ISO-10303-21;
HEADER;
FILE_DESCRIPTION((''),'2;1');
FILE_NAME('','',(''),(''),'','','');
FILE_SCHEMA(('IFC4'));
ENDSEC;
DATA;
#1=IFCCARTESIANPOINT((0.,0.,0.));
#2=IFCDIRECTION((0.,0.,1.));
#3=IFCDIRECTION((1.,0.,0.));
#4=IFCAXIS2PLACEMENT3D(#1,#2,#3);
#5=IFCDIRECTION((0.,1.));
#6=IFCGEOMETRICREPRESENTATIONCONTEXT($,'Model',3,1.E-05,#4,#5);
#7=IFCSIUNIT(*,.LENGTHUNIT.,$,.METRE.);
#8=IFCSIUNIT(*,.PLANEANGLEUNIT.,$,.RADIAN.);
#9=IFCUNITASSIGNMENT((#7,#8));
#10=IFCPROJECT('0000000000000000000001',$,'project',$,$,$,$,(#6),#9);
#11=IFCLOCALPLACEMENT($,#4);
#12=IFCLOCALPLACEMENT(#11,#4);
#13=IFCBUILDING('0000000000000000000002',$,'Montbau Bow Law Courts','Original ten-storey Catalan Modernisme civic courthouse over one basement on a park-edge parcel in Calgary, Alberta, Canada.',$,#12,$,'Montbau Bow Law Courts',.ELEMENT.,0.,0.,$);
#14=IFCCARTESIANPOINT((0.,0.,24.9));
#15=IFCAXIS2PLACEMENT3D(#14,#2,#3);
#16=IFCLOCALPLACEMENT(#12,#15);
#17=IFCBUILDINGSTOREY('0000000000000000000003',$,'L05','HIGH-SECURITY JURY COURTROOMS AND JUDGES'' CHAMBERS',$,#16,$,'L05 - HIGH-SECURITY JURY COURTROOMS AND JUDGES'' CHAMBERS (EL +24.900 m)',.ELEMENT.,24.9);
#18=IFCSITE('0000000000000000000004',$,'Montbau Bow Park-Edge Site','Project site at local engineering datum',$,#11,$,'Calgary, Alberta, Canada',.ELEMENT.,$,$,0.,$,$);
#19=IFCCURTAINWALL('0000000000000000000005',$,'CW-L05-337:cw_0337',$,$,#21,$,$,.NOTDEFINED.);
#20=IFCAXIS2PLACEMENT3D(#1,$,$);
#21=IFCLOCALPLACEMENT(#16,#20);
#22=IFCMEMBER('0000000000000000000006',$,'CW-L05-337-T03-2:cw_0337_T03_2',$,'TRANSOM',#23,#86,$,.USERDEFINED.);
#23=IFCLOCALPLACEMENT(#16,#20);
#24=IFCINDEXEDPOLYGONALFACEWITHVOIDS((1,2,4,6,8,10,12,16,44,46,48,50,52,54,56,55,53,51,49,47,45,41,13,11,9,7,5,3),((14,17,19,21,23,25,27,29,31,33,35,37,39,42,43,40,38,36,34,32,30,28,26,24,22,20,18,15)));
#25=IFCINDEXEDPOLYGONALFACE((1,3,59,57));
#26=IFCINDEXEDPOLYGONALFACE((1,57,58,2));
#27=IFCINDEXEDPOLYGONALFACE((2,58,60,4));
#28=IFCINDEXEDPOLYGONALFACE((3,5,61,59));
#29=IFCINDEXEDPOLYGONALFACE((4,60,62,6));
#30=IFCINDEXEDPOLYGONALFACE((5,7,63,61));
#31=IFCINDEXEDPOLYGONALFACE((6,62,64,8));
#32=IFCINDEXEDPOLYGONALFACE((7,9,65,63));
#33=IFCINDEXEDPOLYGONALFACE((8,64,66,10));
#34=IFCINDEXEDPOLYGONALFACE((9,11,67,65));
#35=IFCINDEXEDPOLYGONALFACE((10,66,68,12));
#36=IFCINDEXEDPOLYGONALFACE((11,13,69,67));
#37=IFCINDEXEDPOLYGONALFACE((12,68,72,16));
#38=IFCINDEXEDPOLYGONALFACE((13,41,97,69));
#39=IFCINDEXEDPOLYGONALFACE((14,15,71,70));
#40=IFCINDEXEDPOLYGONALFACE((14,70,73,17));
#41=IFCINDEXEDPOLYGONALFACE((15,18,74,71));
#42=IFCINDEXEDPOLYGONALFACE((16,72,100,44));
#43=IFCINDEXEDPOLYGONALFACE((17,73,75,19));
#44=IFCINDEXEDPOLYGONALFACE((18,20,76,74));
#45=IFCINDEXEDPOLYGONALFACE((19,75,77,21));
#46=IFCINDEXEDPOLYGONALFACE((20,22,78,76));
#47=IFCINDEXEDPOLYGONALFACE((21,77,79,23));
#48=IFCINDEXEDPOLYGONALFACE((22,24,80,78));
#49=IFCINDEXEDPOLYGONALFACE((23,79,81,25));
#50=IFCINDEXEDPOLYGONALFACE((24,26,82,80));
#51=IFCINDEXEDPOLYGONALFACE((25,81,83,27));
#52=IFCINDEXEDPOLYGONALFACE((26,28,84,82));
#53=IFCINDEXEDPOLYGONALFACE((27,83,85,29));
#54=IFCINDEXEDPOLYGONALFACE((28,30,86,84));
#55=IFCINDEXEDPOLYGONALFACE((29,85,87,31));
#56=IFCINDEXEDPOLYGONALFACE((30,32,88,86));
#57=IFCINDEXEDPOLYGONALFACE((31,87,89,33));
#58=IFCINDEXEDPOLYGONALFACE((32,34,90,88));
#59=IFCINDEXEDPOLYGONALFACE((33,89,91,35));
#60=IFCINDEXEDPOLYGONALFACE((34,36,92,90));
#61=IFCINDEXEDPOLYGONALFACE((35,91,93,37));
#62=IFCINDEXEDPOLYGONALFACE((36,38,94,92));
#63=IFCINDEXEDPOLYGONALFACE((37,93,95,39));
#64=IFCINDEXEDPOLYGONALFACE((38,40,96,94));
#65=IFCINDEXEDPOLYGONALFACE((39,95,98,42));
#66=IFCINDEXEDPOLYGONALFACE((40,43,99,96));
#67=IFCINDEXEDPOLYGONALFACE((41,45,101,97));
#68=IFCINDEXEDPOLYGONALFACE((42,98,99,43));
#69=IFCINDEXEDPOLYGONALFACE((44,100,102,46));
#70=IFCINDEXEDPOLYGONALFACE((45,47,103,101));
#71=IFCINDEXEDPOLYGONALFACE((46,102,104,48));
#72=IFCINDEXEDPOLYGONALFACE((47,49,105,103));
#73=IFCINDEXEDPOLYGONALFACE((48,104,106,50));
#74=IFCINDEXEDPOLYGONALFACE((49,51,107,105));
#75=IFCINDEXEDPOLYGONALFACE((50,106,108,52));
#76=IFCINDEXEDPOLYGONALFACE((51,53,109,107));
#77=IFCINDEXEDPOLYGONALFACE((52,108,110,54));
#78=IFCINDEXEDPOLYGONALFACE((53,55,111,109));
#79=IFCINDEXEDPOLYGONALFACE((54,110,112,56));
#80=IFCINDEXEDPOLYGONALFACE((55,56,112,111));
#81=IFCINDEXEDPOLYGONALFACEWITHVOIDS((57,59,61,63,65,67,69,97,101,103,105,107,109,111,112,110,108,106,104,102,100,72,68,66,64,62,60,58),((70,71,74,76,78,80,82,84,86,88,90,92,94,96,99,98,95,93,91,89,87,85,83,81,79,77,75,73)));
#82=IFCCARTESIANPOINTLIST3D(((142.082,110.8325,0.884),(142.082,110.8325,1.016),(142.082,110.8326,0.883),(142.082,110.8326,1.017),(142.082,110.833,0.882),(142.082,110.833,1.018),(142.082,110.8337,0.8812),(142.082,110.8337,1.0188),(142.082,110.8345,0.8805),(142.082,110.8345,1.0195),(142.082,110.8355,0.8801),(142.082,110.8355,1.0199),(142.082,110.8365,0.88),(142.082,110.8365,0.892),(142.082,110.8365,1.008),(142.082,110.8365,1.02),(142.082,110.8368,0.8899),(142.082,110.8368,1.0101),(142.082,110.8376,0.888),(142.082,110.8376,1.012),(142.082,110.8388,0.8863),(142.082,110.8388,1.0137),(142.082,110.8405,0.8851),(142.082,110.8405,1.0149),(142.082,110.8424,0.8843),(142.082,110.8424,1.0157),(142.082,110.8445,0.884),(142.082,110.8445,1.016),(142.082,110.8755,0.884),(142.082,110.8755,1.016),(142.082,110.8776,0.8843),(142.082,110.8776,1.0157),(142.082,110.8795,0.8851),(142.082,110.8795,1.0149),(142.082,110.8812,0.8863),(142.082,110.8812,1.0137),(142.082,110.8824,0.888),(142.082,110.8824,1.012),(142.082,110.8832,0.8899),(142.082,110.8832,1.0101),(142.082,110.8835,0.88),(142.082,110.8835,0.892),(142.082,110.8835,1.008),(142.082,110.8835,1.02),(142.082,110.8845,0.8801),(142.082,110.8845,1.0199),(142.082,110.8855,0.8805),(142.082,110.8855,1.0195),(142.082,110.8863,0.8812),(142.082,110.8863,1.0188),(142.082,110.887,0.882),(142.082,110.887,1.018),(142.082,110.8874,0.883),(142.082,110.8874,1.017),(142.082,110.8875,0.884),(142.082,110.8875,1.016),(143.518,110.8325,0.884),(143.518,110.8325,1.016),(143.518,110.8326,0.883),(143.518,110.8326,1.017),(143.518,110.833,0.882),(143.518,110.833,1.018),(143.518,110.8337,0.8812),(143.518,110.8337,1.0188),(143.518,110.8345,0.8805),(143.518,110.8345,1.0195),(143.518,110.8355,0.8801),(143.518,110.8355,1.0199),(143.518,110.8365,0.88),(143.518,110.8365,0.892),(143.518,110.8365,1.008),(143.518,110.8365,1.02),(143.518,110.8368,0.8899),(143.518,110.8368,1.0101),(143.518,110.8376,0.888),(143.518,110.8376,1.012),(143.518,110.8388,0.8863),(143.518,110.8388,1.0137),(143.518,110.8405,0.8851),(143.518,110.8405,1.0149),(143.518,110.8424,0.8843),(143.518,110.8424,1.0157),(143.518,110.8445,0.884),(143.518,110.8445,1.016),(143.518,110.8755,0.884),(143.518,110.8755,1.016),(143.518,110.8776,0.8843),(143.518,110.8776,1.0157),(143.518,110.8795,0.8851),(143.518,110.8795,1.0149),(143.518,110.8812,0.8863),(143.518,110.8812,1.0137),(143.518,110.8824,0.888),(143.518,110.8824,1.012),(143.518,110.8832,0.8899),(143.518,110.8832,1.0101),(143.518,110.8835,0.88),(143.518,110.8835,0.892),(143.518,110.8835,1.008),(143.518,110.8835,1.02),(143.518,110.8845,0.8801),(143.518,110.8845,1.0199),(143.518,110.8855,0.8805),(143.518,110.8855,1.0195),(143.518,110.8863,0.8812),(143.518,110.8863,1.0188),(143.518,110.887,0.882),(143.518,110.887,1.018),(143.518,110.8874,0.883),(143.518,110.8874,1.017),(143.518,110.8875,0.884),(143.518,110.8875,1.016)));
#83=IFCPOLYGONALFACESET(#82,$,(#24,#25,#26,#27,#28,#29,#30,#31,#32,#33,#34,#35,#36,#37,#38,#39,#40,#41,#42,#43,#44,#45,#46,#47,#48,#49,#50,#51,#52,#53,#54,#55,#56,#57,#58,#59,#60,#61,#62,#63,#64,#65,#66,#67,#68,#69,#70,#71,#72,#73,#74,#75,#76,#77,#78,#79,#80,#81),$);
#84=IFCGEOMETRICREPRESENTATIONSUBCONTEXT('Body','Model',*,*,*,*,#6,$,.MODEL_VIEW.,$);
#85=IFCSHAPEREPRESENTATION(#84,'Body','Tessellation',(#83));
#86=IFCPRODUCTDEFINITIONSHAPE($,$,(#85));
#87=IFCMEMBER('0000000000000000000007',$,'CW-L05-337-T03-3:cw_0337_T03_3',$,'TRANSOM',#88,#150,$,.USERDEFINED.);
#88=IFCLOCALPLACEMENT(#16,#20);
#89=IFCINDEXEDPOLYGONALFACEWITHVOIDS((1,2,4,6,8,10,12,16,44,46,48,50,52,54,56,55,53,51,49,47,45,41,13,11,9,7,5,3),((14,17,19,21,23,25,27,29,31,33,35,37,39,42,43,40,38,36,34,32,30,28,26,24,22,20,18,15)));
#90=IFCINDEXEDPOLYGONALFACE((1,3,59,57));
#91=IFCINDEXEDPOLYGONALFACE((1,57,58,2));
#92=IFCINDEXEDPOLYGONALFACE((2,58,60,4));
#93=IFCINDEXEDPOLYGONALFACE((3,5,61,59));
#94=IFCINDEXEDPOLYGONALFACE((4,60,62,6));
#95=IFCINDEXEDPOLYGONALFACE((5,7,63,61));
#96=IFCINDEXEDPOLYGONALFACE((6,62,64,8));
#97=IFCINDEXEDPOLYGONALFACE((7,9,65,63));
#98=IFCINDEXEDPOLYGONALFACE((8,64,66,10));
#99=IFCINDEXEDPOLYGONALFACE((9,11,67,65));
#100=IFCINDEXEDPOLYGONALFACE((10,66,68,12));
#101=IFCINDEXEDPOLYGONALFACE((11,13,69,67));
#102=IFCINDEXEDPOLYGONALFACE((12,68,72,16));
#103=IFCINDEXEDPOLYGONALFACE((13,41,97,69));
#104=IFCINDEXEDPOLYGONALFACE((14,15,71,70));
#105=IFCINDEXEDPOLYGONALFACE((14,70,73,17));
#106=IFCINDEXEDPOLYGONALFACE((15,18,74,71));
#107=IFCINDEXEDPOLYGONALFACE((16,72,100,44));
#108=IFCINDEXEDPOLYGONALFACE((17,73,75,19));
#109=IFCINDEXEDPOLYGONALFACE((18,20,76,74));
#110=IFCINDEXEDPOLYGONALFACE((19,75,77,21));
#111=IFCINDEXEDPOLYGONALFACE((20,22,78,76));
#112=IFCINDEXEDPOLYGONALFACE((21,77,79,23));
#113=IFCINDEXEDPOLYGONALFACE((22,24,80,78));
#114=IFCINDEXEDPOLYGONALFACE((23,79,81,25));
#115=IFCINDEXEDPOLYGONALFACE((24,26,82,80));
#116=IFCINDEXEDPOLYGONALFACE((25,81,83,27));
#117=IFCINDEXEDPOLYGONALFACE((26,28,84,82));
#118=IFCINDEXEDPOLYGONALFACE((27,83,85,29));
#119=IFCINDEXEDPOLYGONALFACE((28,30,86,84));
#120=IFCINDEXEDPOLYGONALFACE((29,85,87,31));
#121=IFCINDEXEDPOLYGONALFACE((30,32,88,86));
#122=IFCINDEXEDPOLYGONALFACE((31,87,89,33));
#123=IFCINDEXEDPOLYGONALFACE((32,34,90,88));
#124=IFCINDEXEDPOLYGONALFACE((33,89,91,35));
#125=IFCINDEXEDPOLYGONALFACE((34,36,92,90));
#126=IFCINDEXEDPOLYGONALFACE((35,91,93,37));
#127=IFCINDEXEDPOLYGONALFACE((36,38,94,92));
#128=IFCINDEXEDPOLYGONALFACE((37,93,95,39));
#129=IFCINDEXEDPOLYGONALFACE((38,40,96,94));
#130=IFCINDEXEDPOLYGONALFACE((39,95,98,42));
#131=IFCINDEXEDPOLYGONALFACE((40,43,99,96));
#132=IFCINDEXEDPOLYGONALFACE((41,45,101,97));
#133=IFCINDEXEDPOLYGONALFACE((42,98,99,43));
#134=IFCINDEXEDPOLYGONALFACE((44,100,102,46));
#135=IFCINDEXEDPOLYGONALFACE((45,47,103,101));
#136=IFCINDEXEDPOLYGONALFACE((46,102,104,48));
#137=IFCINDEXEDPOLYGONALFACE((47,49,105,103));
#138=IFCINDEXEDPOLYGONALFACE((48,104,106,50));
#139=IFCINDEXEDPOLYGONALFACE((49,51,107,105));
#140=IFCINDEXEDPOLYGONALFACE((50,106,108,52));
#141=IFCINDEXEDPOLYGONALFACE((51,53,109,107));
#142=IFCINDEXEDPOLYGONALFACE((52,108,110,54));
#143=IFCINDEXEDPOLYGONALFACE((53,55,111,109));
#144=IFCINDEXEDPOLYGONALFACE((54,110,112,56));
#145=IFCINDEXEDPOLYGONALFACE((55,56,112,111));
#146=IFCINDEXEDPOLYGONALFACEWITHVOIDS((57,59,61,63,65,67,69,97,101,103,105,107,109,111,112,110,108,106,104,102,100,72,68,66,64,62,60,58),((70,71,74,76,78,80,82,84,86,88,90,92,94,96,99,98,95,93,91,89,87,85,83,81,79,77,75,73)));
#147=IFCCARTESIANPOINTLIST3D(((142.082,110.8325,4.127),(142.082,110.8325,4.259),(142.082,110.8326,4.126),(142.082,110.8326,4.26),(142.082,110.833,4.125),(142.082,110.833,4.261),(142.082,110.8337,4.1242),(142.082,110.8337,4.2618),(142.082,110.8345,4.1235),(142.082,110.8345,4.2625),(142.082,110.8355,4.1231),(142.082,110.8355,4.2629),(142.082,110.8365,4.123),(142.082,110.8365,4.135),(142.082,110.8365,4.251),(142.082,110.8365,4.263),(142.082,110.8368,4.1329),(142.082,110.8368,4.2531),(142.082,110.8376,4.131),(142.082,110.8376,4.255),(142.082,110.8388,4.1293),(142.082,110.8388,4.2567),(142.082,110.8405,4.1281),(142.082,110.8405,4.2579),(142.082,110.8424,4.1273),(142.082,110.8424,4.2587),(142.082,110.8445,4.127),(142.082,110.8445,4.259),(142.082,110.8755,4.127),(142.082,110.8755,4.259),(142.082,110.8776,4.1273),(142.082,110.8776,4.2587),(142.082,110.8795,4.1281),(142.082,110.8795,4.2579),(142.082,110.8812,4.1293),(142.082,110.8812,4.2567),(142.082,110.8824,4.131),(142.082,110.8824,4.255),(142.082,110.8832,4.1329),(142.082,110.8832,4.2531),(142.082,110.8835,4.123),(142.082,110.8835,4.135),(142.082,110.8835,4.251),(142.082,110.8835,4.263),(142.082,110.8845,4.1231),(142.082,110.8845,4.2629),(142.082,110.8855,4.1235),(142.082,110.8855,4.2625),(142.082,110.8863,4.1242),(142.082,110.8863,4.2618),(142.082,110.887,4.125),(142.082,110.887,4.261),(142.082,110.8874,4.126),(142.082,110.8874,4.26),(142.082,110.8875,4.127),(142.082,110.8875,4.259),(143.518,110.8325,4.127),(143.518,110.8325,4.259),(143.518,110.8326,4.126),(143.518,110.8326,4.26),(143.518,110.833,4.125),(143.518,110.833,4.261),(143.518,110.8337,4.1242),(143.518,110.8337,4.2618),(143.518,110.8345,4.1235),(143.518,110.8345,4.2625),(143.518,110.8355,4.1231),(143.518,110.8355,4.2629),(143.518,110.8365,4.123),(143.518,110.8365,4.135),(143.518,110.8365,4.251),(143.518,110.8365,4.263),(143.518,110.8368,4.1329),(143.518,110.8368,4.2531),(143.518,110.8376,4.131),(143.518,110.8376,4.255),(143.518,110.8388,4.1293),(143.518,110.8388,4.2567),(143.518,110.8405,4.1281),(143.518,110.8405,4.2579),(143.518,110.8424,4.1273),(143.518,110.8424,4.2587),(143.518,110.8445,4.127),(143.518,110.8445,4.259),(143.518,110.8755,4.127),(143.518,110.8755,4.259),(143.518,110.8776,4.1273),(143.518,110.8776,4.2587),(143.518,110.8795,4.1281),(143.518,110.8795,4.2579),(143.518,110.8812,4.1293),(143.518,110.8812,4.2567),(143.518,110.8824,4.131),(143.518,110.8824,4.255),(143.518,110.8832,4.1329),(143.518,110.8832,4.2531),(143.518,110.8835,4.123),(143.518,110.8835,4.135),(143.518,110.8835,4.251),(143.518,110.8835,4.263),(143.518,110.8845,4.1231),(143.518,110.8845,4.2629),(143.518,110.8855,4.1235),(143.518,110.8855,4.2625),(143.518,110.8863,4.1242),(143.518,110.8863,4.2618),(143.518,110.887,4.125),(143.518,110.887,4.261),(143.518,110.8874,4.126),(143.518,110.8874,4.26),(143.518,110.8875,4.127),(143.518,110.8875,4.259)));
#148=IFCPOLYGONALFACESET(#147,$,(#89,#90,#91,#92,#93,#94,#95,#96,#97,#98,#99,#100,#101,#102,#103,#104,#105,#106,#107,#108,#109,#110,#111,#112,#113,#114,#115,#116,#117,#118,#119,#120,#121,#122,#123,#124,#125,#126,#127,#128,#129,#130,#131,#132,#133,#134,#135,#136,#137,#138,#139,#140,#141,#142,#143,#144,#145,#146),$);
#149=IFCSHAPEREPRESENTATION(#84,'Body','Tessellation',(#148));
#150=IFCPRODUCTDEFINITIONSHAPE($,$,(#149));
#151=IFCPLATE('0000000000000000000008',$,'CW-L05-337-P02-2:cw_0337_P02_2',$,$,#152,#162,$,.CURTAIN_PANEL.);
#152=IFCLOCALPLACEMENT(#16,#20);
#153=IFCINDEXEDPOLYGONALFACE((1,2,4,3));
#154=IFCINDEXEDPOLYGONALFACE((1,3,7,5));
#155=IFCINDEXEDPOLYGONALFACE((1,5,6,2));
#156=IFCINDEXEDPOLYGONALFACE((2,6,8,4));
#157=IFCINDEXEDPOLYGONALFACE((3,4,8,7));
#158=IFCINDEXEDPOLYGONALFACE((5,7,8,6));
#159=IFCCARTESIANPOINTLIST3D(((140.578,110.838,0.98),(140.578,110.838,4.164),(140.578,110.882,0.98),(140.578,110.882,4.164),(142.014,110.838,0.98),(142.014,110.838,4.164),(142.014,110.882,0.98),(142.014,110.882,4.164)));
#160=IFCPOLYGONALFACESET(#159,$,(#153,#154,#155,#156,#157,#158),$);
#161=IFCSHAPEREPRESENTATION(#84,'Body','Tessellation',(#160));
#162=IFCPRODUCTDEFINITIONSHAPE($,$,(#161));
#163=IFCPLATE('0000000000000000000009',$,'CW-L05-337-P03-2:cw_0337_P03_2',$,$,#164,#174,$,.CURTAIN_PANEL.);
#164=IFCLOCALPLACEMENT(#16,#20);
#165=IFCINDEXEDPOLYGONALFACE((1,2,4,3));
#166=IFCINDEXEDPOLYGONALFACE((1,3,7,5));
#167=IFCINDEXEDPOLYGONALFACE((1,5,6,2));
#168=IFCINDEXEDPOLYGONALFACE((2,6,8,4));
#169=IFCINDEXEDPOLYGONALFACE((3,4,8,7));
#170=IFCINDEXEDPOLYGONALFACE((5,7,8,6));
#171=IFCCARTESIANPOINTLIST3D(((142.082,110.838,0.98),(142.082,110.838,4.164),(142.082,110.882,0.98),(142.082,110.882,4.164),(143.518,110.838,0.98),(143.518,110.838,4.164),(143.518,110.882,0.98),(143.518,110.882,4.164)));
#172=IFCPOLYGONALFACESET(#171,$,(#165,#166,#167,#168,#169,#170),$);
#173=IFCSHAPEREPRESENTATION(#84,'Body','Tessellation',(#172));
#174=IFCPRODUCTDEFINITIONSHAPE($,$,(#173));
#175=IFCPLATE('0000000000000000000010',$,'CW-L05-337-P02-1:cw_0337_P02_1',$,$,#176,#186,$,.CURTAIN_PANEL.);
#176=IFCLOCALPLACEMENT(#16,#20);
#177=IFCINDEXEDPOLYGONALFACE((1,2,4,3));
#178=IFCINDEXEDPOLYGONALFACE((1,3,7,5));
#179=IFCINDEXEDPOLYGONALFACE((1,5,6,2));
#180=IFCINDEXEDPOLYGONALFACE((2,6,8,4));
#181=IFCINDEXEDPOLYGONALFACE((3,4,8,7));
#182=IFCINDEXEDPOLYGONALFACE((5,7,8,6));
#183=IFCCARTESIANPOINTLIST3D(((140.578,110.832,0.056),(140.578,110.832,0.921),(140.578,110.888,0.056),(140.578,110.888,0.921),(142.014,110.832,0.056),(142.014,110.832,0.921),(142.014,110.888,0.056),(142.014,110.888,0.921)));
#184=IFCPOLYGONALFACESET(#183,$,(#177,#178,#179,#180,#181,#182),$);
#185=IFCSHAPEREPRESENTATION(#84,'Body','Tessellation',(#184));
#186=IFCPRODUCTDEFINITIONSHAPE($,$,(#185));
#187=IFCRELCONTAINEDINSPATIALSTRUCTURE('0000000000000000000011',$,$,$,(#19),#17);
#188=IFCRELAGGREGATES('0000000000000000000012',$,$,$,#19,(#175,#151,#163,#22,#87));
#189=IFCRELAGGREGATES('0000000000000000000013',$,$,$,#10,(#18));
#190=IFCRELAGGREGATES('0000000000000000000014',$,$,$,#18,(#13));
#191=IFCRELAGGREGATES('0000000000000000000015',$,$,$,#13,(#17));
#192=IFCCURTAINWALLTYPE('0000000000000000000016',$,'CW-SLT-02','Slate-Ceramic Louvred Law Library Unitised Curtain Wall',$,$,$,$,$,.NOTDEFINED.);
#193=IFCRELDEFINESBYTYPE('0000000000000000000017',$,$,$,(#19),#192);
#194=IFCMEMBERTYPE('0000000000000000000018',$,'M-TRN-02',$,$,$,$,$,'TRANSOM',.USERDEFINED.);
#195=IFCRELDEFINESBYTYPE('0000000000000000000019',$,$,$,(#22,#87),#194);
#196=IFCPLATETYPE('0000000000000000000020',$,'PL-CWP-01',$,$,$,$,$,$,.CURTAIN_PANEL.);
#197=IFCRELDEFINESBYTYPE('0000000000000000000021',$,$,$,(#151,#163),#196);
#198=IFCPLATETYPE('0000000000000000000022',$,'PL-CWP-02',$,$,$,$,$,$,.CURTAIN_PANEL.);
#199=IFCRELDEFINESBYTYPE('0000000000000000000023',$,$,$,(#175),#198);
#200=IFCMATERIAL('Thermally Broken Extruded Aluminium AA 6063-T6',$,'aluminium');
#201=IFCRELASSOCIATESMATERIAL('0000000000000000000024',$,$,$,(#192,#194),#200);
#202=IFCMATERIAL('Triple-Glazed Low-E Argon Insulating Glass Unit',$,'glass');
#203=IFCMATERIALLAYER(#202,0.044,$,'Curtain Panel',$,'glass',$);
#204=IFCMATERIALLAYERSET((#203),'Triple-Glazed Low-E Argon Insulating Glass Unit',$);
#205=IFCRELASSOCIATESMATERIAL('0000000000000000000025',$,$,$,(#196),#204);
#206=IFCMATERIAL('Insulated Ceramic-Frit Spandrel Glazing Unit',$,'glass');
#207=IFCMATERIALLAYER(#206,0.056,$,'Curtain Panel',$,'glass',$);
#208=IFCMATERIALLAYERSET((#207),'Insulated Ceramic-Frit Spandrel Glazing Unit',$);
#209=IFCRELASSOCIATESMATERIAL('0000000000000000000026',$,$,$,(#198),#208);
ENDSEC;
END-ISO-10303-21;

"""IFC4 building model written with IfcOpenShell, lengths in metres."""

from ifc_helpers import new_model, si_unit, direction, frame, frame_2d, origin_with_axes, origin_2d_with_axis, place, context, subcontext, project, spatial, rectangle, hollow_rectangle, extrude, material, layer, layer_set, material_profile, profile_set, type_object, element, aggregate, save


model = new_model("IFC4")

# Units and contexts
model_context = context("Model", 3, precision=1e-05, world=origin_with_axes(), true_north=direction((0.0, 1.0)))
body_context = subcontext(model_context, "Body", "Model", "MODEL_VIEW")
ifc_project = project(units=[si_unit("LENGTHUNIT", "METRE"), si_unit("PLANEANGLEUNIT", "RADIAN")], contexts=[model_context])

# Site, building, storey
site_placement = place(None, origin_with_axes())
site = spatial("IfcSite", under=ifc_project, at=site_placement, Name="Montbau Bow Park-Edge Site", Description="Project site at local engineering datum", LongName="Calgary, Alberta, Canada", CompositionType="ELEMENT", RefElevation=0.0)
building_placement = place(site_placement, origin_with_axes())
building = spatial("IfcBuilding", under=site, at=building_placement, Name="Montbau Bow Law Courts", Description="Original ten-storey Catalan Modernisme civic courthouse over one basement on a park-edge parcel in Calgary, Alberta, Canada.", LongName="Montbau Bow Law Courts", CompositionType="ELEMENT", ElevationOfRefHeight=0.0, ElevationOfTerrain=0.0)
storey_placement = place(building_placement, frame((0.0, 0.0, 24.9), z_axis=(0.0, 0.0, 1.0), x_axis=(1.0, 0.0, 0.0)))
storey = spatial("IfcBuildingStorey", under=building, at=storey_placement, Name="L05", Description="HIGH-SECURITY JURY COURTROOMS AND JUDGES' CHAMBERS", LongName="L05 - HIGH-SECURITY JURY COURTROOMS AND JUDGES' CHAMBERS (EL +24.900 m)", CompositionType="ELEMENT", Elevation=24.9)

# Curtain wall, members, plates
ifc_material_1 = material(Name="Thermally Broken Extruded Aluminium AA 6063-T6", Category="aluminium")
curtain_wall_type = type_object("IfcCurtainWallType", Name="CW-SLT-02", Description="Slate-Ceramic Louvred Law Library Unitised Curtain Wall", PredefinedType="NOTDEFINED", material=ifc_material_1)
curtain_wall_placement = place(None, frame((139.04, 110.86, 24.9), z_axis=(0.0, 0.0, 1.0), x_axis=(1.0, 0.0, 0.0)))
curtain_wall = element("IfcCurtainWall", 1, at=curtain_wall_placement, inside=storey, type_object=curtain_wall_type, Name="CW-L05-337:cw_0337", PredefinedType="NOTDEFINED")
ifc_material_profile_1 = material_profile(ifc_material_1, hollow_rectangle(XDim=0.055, YDim=0.14, WallThickness=0.004, InnerFilletRadius=0.008, OuterFilletRadius=0.004, at=origin_2d_with_axis()), Name="CWT-140X55", Category="Main", Priority=0)
ifc_profile_set_1 = profile_set([ifc_material_profile_1], Name="Thermally Broken Extruded Aluminium AA 6063-T6")
member_type_1 = type_object("IfcMemberType", Name="M-TRN-02", ElementType="TRANSOM", PredefinedType="USERDEFINED", material=ifc_profile_set_1)
member_1_placement = place(None, frame((142.082, 110.86, 25.85), z_axis=(1.0, 0.0, 0.0), x_axis=(0.0, 1.0, 0.0)))
member_1 = element("IfcMember", 2, at=member_1_placement, type_object=member_type_1, Name="CW-L05-337-T03-2:cw_0337_T03_2", ObjectType="TRANSOM", PredefinedType="USERDEFINED", context=body_context, shape_type="SweptSolid", body=[
    extrude(hollow_rectangle(XDim=0.055, YDim=0.14, WallThickness=0.004, InnerFilletRadius=0.008, OuterFilletRadius=0.004, at=origin_2d_with_axis()), origin_with_axes(), (0.0, 0.0, 1.0), 1.436),
])
member_2_placement = place(None, frame((142.082, 110.86, 29.093), z_axis=(1.0, 0.0, 0.0), x_axis=(0.0, 1.0, 0.0)))
member_2 = element("IfcMember", 3, at=member_2_placement, type_object=member_type_1, Name="CW-L05-337-T03-3:cw_0337_T03_3", ObjectType="TRANSOM", PredefinedType="USERDEFINED", context=body_context, shape_type="SweptSolid", body=[
    extrude(hollow_rectangle(XDim=0.055, YDim=0.14, WallThickness=0.004, InnerFilletRadius=0.008, OuterFilletRadius=0.004, at=origin_2d_with_axis()), origin_with_axes(), (0.0, 0.0, 1.0), 1.436),
])
ifc_material_2 = material(Name="Triple-Glazed Low-E Argon Insulating Glass Unit", Category="glass")
ifc_layer_1 = layer(ifc_material_2, 0.044, Name="Curtain Panel", Category="glass")
ifc_layer_set_1 = layer_set([ifc_layer_1], Name="Triple-Glazed Low-E Argon Insulating Glass Unit")
plate_type_1 = type_object("IfcPlateType", Name="PL-CWP-01", PredefinedType="CURTAIN_PANEL", material=ifc_layer_set_1)
plate_1_placement = place(None, frame((140.578, 110.86, 25.88), z_axis=(0.0, -1.0, 0.0), x_axis=(1.0, 0.0, 0.0)))
plate_1 = element("IfcPlate", 4, at=plate_1_placement, type_object=plate_type_1, Name="CW-L05-337-P02-2:cw_0337_P02_2", PredefinedType="CURTAIN_PANEL", context=body_context, shape_type="SweptSolid", body=[
    extrude(rectangle(XDim=1.436, YDim=3.184, at=frame_2d((0.718, 1.592), x_axis=(1.0, 0.0))), frame((0.0, 0.0, -0.022), z_axis=(0.0, 0.0, 1.0), x_axis=(1.0, 0.0, 0.0)), (0.0, 0.0, 1.0), 0.044),
])
plate_2_placement = place(None, frame((142.082, 110.86, 25.88), z_axis=(0.0, -1.0, 0.0), x_axis=(1.0, 0.0, 0.0)))
plate_2 = element("IfcPlate", 5, at=plate_2_placement, type_object=plate_type_1, Name="CW-L05-337-P03-2:cw_0337_P03_2", PredefinedType="CURTAIN_PANEL", context=body_context, shape_type="SweptSolid", body=[
    extrude(rectangle(XDim=1.436, YDim=3.184, at=frame_2d((0.718, 1.592), x_axis=(1.0, 0.0))), frame((0.0, 0.0, -0.022), z_axis=(0.0, 0.0, 1.0), x_axis=(1.0, 0.0, 0.0)), (0.0, 0.0, 1.0), 0.044),
])
ifc_material_3 = material(Name="Insulated Ceramic-Frit Spandrel Glazing Unit", Category="glass")
ifc_layer_2 = layer(ifc_material_3, 0.056, Name="Curtain Panel", Category="glass")
ifc_layer_set_2 = layer_set([ifc_layer_2], Name="Insulated Ceramic-Frit Spandrel Glazing Unit")
plate_type_2 = type_object("IfcPlateType", Name="PL-CWP-02", PredefinedType="CURTAIN_PANEL", material=ifc_layer_set_2)
plate_3_placement = place(None, frame((140.578, 110.86, 24.956), z_axis=(0.0, -1.0, 0.0), x_axis=(1.0, 0.0, 0.0)))
plate_3 = element("IfcPlate", 6, at=plate_3_placement, type_object=plate_type_2, Name="CW-L05-337-P02-1:cw_0337_P02_1", PredefinedType="CURTAIN_PANEL", context=body_context, shape_type="SweptSolid", body=[
    extrude(rectangle(XDim=1.436, YDim=0.865, at=frame_2d((0.718, 0.4325), x_axis=(1.0, 0.0))), frame((0.0, 0.0, -0.028), z_axis=(0.0, 0.0, 1.0), x_axis=(1.0, 0.0, 0.0)), (0.0, 0.0, 1.0), 0.056),
])
aggregate(curtain_wall, [plate_3, plate_1, plate_2, member_1, member_2])

save(model, "model.ifc")
